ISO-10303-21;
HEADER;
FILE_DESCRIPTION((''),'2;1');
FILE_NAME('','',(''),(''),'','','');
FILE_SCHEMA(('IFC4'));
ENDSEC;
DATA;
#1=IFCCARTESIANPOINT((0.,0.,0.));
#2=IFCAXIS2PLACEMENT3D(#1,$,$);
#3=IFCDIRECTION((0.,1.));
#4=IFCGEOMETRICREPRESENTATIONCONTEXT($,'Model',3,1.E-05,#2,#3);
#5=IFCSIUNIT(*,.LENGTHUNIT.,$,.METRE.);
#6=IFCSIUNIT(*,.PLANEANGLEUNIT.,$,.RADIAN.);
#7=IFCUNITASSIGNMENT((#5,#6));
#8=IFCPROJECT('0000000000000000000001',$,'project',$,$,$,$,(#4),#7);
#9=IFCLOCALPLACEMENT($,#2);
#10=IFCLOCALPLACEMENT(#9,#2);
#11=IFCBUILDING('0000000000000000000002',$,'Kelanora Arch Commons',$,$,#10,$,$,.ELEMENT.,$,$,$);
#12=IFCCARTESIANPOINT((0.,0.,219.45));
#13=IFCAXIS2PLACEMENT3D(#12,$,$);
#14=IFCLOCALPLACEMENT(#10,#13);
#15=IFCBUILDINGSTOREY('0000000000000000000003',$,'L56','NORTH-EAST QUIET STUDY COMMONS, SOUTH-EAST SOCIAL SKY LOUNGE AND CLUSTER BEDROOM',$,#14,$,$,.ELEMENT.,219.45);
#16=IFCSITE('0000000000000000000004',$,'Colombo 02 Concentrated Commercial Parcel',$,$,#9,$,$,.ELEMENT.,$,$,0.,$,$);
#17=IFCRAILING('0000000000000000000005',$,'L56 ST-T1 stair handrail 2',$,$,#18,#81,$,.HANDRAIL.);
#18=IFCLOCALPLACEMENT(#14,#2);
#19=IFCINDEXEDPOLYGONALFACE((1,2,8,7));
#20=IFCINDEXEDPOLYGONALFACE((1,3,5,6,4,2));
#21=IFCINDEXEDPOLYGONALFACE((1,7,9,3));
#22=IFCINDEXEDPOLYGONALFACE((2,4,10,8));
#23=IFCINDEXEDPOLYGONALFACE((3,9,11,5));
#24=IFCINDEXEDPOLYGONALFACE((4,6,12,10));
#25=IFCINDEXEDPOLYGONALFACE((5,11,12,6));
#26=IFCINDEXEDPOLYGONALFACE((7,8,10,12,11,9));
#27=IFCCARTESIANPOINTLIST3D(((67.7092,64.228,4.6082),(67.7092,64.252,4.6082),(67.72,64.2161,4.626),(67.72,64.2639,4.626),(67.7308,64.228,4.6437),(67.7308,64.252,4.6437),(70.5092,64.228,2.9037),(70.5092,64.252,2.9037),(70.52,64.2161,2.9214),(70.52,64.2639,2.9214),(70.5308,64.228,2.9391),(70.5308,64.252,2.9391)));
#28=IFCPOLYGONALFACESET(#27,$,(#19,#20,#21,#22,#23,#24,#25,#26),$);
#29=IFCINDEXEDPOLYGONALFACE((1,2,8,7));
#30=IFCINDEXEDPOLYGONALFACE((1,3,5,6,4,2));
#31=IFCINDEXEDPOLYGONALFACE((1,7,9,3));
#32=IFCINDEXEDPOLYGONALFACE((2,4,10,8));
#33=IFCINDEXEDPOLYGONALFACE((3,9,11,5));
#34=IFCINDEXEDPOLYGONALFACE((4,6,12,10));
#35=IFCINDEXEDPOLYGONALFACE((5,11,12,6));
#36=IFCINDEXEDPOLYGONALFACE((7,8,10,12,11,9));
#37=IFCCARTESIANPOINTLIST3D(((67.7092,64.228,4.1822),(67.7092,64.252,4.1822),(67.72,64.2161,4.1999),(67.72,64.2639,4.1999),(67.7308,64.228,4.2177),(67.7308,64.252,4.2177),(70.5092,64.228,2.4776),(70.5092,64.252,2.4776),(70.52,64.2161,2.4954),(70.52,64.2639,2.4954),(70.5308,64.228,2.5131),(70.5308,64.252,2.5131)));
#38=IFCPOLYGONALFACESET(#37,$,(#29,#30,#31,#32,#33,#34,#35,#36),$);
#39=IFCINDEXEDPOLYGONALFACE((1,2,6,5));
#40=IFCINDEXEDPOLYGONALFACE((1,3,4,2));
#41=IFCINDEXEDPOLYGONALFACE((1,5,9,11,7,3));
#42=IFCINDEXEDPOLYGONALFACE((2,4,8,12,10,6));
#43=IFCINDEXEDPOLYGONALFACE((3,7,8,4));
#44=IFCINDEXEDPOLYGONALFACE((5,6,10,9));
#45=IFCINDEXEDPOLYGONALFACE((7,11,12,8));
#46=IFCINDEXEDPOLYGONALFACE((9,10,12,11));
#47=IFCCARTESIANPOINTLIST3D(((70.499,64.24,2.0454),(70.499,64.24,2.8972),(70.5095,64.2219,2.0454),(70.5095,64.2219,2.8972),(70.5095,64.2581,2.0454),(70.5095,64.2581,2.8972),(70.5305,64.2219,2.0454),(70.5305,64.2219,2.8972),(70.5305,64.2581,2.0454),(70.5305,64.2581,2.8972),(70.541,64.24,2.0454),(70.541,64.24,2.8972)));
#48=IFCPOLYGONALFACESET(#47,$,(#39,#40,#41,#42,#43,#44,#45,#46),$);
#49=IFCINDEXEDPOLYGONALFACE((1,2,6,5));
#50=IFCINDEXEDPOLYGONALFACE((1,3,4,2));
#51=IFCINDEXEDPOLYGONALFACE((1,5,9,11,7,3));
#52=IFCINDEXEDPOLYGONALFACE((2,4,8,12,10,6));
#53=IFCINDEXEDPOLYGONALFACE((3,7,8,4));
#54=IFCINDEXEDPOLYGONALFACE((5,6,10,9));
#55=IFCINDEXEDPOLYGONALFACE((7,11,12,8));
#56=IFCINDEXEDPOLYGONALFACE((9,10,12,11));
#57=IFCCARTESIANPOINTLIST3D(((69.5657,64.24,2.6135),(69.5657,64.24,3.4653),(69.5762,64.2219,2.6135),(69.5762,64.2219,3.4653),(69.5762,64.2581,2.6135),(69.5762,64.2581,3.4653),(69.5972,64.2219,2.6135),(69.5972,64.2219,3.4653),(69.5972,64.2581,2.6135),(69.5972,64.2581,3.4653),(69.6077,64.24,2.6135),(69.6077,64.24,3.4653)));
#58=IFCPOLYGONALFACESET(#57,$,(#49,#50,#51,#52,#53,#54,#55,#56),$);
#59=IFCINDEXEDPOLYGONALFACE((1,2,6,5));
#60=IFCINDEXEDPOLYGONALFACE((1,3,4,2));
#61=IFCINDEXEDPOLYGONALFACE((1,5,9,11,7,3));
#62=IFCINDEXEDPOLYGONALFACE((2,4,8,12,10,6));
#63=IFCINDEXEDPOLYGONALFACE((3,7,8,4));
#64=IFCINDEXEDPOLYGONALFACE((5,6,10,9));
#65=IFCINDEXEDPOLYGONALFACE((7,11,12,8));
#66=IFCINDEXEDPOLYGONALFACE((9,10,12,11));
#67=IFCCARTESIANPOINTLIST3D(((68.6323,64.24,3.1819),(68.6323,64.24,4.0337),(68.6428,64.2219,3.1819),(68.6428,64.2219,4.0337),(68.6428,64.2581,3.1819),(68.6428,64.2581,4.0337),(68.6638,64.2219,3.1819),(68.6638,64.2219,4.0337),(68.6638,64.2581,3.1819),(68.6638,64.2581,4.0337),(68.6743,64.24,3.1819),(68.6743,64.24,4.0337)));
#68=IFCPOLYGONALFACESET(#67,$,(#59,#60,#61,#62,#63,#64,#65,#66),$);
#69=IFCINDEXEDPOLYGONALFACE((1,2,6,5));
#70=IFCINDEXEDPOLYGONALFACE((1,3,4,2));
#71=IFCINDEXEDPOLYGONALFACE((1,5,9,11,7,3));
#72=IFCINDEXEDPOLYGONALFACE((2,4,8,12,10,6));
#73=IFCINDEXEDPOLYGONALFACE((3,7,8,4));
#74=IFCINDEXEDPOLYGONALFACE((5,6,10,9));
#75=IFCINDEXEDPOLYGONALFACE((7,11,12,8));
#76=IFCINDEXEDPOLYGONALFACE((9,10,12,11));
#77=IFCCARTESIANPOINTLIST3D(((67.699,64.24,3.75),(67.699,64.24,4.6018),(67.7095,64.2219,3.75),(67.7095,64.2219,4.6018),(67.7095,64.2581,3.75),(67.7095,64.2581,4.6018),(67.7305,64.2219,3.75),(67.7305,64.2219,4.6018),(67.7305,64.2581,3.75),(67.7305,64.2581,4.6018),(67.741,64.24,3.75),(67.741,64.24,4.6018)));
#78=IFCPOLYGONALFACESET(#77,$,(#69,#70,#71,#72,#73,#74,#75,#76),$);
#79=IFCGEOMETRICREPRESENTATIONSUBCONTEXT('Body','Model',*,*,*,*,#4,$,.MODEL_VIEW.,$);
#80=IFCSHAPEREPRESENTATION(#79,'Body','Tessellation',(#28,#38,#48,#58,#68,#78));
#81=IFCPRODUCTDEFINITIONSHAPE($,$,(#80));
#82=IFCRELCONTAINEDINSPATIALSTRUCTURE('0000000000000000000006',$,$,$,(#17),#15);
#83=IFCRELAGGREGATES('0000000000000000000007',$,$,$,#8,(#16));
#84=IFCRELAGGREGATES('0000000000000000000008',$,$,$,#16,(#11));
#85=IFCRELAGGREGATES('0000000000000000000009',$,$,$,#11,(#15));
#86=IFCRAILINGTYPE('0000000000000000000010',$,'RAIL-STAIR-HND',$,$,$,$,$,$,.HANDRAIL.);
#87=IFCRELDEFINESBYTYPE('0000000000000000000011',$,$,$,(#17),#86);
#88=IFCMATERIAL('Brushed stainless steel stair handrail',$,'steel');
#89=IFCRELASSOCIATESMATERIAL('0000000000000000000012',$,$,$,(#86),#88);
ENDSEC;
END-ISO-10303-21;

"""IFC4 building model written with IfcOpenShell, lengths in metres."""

from ifc_helpers import new_model, si_unit, direction, frame, origin, place, context, subcontext, project, spatial, polyline, outline, extrude, material, type_object, element, save


model = new_model("IFC4")

# Units and contexts
model_context = context("Model", 3, precision=1e-05, world=origin(), true_north=direction((0.0, 1.0)))
body_context = subcontext(model_context, "Body", "Model", "MODEL_VIEW")
ifc_project = project(units=[si_unit("LENGTHUNIT", "METRE"), si_unit("PLANEANGLEUNIT", "RADIAN")], contexts=[model_context])

# Site, building, storey
site_placement = place(None, origin())
site = spatial("IfcSite", under=ifc_project, at=site_placement, Name="Colombo 02 Concentrated Commercial Parcel", CompositionType="ELEMENT", RefElevation=0.0)
building_placement = place(site_placement, origin())
building = spatial("IfcBuilding", under=site, at=building_placement, Name="Kelanora Arch Commons", CompositionType="ELEMENT")
storey_placement = place(building_placement, frame((0.0, 0.0, 219.45)))
storey = spatial("IfcBuildingStorey", under=building, at=storey_placement, Name="L56", Description="NORTH-EAST QUIET STUDY COMMONS, SOUTH-EAST SOCIAL SKY LOUNGE AND CLUSTER BEDROOM", CompositionType="ELEMENT", Elevation=219.45)

# Railing
ifc_material_1 = material(Name="Brushed stainless steel stair handrail", Category="steel")
railing_type_1 = type_object("IfcRailingType", Name="RAIL-STAIR-HND", PredefinedType="HANDRAIL", material=ifc_material_1)
railing_1_placement = place(storey_placement, frame((70.52, 64.24, 2.0454)))
element("IfcRailing", 1, at=railing_1_placement, inside=storey, type_object=railing_type_1, Name="L56 ST-T1 stair handrail 2", PredefinedType="HANDRAIL", context=body_context, shape_type="SweptSolid", body=[
    extrude(outline(polyline([(0.0239, 0.0), (0.012, 0.0208), (-0.012, 0.0208), (-0.0239, 0.0), (-0.012, -0.0208), (0.012, -0.0208), (0.0239, 0.0)])), frame((0.0, 0.0, 0.876), z_axis=(-0.85417, 0.0, 0.519994), x_axis=(0.0, -1.0, 0.0)), (0.0, 0.0, 1.0), 3.2781),
    extrude(outline(polyline([(0.0239, 0.0), (0.012, 0.0208), (-0.012, 0.0208), (-0.0239, 0.0), (-0.012, -0.0208), (0.012, -0.0208), (0.0239, 0.0)])), frame((0.0, 0.0, 0.45), z_axis=(-0.85417, 0.0, 0.519994), x_axis=(0.0, -1.0, 0.0)), (0.0, 0.0, 1.0), 3.2781),
    extrude(outline(polyline([(0.021, 0.0), (0.0105, 0.0181), (-0.0105, 0.0181), (-0.021, 0.0), (-0.0105, -0.0181), (0.0105, -0.0181), (0.021, 0.0)])), origin(), (0.0, 0.0, 1.0), 0.8518),
    extrude(outline(polyline([(0.021, 0.0), (0.0105, 0.0181), (-0.0105, 0.0181), (-0.021, 0.0), (-0.0105, -0.0181), (0.0105, -0.0181), (0.021, 0.0)])), frame((-0.9333, 0.0, 0.5681)), (0.0, 0.0, 1.0), 0.8518),
    extrude(outline(polyline([(0.021, 0.0), (0.0105, 0.0181), (-0.0105, 0.0181), (-0.021, 0.0), (-0.0105, -0.0181), (0.0105, -0.0181), (0.021, 0.0)])), frame((-1.8667, 0.0, 1.1365)), (0.0, 0.0, 1.0), 0.8518),
    extrude(outline(polyline([(0.021, 0.0), (0.0105, 0.0181), (-0.0105, 0.0181), (-0.021, 0.0), (-0.0105, -0.0181), (0.0105, -0.0181), (0.021, 0.0)])), frame((-2.8, 0.0, 1.7046)), (0.0, 0.0, 1.0), 0.8518),
])

save(model, "model.ifc")
